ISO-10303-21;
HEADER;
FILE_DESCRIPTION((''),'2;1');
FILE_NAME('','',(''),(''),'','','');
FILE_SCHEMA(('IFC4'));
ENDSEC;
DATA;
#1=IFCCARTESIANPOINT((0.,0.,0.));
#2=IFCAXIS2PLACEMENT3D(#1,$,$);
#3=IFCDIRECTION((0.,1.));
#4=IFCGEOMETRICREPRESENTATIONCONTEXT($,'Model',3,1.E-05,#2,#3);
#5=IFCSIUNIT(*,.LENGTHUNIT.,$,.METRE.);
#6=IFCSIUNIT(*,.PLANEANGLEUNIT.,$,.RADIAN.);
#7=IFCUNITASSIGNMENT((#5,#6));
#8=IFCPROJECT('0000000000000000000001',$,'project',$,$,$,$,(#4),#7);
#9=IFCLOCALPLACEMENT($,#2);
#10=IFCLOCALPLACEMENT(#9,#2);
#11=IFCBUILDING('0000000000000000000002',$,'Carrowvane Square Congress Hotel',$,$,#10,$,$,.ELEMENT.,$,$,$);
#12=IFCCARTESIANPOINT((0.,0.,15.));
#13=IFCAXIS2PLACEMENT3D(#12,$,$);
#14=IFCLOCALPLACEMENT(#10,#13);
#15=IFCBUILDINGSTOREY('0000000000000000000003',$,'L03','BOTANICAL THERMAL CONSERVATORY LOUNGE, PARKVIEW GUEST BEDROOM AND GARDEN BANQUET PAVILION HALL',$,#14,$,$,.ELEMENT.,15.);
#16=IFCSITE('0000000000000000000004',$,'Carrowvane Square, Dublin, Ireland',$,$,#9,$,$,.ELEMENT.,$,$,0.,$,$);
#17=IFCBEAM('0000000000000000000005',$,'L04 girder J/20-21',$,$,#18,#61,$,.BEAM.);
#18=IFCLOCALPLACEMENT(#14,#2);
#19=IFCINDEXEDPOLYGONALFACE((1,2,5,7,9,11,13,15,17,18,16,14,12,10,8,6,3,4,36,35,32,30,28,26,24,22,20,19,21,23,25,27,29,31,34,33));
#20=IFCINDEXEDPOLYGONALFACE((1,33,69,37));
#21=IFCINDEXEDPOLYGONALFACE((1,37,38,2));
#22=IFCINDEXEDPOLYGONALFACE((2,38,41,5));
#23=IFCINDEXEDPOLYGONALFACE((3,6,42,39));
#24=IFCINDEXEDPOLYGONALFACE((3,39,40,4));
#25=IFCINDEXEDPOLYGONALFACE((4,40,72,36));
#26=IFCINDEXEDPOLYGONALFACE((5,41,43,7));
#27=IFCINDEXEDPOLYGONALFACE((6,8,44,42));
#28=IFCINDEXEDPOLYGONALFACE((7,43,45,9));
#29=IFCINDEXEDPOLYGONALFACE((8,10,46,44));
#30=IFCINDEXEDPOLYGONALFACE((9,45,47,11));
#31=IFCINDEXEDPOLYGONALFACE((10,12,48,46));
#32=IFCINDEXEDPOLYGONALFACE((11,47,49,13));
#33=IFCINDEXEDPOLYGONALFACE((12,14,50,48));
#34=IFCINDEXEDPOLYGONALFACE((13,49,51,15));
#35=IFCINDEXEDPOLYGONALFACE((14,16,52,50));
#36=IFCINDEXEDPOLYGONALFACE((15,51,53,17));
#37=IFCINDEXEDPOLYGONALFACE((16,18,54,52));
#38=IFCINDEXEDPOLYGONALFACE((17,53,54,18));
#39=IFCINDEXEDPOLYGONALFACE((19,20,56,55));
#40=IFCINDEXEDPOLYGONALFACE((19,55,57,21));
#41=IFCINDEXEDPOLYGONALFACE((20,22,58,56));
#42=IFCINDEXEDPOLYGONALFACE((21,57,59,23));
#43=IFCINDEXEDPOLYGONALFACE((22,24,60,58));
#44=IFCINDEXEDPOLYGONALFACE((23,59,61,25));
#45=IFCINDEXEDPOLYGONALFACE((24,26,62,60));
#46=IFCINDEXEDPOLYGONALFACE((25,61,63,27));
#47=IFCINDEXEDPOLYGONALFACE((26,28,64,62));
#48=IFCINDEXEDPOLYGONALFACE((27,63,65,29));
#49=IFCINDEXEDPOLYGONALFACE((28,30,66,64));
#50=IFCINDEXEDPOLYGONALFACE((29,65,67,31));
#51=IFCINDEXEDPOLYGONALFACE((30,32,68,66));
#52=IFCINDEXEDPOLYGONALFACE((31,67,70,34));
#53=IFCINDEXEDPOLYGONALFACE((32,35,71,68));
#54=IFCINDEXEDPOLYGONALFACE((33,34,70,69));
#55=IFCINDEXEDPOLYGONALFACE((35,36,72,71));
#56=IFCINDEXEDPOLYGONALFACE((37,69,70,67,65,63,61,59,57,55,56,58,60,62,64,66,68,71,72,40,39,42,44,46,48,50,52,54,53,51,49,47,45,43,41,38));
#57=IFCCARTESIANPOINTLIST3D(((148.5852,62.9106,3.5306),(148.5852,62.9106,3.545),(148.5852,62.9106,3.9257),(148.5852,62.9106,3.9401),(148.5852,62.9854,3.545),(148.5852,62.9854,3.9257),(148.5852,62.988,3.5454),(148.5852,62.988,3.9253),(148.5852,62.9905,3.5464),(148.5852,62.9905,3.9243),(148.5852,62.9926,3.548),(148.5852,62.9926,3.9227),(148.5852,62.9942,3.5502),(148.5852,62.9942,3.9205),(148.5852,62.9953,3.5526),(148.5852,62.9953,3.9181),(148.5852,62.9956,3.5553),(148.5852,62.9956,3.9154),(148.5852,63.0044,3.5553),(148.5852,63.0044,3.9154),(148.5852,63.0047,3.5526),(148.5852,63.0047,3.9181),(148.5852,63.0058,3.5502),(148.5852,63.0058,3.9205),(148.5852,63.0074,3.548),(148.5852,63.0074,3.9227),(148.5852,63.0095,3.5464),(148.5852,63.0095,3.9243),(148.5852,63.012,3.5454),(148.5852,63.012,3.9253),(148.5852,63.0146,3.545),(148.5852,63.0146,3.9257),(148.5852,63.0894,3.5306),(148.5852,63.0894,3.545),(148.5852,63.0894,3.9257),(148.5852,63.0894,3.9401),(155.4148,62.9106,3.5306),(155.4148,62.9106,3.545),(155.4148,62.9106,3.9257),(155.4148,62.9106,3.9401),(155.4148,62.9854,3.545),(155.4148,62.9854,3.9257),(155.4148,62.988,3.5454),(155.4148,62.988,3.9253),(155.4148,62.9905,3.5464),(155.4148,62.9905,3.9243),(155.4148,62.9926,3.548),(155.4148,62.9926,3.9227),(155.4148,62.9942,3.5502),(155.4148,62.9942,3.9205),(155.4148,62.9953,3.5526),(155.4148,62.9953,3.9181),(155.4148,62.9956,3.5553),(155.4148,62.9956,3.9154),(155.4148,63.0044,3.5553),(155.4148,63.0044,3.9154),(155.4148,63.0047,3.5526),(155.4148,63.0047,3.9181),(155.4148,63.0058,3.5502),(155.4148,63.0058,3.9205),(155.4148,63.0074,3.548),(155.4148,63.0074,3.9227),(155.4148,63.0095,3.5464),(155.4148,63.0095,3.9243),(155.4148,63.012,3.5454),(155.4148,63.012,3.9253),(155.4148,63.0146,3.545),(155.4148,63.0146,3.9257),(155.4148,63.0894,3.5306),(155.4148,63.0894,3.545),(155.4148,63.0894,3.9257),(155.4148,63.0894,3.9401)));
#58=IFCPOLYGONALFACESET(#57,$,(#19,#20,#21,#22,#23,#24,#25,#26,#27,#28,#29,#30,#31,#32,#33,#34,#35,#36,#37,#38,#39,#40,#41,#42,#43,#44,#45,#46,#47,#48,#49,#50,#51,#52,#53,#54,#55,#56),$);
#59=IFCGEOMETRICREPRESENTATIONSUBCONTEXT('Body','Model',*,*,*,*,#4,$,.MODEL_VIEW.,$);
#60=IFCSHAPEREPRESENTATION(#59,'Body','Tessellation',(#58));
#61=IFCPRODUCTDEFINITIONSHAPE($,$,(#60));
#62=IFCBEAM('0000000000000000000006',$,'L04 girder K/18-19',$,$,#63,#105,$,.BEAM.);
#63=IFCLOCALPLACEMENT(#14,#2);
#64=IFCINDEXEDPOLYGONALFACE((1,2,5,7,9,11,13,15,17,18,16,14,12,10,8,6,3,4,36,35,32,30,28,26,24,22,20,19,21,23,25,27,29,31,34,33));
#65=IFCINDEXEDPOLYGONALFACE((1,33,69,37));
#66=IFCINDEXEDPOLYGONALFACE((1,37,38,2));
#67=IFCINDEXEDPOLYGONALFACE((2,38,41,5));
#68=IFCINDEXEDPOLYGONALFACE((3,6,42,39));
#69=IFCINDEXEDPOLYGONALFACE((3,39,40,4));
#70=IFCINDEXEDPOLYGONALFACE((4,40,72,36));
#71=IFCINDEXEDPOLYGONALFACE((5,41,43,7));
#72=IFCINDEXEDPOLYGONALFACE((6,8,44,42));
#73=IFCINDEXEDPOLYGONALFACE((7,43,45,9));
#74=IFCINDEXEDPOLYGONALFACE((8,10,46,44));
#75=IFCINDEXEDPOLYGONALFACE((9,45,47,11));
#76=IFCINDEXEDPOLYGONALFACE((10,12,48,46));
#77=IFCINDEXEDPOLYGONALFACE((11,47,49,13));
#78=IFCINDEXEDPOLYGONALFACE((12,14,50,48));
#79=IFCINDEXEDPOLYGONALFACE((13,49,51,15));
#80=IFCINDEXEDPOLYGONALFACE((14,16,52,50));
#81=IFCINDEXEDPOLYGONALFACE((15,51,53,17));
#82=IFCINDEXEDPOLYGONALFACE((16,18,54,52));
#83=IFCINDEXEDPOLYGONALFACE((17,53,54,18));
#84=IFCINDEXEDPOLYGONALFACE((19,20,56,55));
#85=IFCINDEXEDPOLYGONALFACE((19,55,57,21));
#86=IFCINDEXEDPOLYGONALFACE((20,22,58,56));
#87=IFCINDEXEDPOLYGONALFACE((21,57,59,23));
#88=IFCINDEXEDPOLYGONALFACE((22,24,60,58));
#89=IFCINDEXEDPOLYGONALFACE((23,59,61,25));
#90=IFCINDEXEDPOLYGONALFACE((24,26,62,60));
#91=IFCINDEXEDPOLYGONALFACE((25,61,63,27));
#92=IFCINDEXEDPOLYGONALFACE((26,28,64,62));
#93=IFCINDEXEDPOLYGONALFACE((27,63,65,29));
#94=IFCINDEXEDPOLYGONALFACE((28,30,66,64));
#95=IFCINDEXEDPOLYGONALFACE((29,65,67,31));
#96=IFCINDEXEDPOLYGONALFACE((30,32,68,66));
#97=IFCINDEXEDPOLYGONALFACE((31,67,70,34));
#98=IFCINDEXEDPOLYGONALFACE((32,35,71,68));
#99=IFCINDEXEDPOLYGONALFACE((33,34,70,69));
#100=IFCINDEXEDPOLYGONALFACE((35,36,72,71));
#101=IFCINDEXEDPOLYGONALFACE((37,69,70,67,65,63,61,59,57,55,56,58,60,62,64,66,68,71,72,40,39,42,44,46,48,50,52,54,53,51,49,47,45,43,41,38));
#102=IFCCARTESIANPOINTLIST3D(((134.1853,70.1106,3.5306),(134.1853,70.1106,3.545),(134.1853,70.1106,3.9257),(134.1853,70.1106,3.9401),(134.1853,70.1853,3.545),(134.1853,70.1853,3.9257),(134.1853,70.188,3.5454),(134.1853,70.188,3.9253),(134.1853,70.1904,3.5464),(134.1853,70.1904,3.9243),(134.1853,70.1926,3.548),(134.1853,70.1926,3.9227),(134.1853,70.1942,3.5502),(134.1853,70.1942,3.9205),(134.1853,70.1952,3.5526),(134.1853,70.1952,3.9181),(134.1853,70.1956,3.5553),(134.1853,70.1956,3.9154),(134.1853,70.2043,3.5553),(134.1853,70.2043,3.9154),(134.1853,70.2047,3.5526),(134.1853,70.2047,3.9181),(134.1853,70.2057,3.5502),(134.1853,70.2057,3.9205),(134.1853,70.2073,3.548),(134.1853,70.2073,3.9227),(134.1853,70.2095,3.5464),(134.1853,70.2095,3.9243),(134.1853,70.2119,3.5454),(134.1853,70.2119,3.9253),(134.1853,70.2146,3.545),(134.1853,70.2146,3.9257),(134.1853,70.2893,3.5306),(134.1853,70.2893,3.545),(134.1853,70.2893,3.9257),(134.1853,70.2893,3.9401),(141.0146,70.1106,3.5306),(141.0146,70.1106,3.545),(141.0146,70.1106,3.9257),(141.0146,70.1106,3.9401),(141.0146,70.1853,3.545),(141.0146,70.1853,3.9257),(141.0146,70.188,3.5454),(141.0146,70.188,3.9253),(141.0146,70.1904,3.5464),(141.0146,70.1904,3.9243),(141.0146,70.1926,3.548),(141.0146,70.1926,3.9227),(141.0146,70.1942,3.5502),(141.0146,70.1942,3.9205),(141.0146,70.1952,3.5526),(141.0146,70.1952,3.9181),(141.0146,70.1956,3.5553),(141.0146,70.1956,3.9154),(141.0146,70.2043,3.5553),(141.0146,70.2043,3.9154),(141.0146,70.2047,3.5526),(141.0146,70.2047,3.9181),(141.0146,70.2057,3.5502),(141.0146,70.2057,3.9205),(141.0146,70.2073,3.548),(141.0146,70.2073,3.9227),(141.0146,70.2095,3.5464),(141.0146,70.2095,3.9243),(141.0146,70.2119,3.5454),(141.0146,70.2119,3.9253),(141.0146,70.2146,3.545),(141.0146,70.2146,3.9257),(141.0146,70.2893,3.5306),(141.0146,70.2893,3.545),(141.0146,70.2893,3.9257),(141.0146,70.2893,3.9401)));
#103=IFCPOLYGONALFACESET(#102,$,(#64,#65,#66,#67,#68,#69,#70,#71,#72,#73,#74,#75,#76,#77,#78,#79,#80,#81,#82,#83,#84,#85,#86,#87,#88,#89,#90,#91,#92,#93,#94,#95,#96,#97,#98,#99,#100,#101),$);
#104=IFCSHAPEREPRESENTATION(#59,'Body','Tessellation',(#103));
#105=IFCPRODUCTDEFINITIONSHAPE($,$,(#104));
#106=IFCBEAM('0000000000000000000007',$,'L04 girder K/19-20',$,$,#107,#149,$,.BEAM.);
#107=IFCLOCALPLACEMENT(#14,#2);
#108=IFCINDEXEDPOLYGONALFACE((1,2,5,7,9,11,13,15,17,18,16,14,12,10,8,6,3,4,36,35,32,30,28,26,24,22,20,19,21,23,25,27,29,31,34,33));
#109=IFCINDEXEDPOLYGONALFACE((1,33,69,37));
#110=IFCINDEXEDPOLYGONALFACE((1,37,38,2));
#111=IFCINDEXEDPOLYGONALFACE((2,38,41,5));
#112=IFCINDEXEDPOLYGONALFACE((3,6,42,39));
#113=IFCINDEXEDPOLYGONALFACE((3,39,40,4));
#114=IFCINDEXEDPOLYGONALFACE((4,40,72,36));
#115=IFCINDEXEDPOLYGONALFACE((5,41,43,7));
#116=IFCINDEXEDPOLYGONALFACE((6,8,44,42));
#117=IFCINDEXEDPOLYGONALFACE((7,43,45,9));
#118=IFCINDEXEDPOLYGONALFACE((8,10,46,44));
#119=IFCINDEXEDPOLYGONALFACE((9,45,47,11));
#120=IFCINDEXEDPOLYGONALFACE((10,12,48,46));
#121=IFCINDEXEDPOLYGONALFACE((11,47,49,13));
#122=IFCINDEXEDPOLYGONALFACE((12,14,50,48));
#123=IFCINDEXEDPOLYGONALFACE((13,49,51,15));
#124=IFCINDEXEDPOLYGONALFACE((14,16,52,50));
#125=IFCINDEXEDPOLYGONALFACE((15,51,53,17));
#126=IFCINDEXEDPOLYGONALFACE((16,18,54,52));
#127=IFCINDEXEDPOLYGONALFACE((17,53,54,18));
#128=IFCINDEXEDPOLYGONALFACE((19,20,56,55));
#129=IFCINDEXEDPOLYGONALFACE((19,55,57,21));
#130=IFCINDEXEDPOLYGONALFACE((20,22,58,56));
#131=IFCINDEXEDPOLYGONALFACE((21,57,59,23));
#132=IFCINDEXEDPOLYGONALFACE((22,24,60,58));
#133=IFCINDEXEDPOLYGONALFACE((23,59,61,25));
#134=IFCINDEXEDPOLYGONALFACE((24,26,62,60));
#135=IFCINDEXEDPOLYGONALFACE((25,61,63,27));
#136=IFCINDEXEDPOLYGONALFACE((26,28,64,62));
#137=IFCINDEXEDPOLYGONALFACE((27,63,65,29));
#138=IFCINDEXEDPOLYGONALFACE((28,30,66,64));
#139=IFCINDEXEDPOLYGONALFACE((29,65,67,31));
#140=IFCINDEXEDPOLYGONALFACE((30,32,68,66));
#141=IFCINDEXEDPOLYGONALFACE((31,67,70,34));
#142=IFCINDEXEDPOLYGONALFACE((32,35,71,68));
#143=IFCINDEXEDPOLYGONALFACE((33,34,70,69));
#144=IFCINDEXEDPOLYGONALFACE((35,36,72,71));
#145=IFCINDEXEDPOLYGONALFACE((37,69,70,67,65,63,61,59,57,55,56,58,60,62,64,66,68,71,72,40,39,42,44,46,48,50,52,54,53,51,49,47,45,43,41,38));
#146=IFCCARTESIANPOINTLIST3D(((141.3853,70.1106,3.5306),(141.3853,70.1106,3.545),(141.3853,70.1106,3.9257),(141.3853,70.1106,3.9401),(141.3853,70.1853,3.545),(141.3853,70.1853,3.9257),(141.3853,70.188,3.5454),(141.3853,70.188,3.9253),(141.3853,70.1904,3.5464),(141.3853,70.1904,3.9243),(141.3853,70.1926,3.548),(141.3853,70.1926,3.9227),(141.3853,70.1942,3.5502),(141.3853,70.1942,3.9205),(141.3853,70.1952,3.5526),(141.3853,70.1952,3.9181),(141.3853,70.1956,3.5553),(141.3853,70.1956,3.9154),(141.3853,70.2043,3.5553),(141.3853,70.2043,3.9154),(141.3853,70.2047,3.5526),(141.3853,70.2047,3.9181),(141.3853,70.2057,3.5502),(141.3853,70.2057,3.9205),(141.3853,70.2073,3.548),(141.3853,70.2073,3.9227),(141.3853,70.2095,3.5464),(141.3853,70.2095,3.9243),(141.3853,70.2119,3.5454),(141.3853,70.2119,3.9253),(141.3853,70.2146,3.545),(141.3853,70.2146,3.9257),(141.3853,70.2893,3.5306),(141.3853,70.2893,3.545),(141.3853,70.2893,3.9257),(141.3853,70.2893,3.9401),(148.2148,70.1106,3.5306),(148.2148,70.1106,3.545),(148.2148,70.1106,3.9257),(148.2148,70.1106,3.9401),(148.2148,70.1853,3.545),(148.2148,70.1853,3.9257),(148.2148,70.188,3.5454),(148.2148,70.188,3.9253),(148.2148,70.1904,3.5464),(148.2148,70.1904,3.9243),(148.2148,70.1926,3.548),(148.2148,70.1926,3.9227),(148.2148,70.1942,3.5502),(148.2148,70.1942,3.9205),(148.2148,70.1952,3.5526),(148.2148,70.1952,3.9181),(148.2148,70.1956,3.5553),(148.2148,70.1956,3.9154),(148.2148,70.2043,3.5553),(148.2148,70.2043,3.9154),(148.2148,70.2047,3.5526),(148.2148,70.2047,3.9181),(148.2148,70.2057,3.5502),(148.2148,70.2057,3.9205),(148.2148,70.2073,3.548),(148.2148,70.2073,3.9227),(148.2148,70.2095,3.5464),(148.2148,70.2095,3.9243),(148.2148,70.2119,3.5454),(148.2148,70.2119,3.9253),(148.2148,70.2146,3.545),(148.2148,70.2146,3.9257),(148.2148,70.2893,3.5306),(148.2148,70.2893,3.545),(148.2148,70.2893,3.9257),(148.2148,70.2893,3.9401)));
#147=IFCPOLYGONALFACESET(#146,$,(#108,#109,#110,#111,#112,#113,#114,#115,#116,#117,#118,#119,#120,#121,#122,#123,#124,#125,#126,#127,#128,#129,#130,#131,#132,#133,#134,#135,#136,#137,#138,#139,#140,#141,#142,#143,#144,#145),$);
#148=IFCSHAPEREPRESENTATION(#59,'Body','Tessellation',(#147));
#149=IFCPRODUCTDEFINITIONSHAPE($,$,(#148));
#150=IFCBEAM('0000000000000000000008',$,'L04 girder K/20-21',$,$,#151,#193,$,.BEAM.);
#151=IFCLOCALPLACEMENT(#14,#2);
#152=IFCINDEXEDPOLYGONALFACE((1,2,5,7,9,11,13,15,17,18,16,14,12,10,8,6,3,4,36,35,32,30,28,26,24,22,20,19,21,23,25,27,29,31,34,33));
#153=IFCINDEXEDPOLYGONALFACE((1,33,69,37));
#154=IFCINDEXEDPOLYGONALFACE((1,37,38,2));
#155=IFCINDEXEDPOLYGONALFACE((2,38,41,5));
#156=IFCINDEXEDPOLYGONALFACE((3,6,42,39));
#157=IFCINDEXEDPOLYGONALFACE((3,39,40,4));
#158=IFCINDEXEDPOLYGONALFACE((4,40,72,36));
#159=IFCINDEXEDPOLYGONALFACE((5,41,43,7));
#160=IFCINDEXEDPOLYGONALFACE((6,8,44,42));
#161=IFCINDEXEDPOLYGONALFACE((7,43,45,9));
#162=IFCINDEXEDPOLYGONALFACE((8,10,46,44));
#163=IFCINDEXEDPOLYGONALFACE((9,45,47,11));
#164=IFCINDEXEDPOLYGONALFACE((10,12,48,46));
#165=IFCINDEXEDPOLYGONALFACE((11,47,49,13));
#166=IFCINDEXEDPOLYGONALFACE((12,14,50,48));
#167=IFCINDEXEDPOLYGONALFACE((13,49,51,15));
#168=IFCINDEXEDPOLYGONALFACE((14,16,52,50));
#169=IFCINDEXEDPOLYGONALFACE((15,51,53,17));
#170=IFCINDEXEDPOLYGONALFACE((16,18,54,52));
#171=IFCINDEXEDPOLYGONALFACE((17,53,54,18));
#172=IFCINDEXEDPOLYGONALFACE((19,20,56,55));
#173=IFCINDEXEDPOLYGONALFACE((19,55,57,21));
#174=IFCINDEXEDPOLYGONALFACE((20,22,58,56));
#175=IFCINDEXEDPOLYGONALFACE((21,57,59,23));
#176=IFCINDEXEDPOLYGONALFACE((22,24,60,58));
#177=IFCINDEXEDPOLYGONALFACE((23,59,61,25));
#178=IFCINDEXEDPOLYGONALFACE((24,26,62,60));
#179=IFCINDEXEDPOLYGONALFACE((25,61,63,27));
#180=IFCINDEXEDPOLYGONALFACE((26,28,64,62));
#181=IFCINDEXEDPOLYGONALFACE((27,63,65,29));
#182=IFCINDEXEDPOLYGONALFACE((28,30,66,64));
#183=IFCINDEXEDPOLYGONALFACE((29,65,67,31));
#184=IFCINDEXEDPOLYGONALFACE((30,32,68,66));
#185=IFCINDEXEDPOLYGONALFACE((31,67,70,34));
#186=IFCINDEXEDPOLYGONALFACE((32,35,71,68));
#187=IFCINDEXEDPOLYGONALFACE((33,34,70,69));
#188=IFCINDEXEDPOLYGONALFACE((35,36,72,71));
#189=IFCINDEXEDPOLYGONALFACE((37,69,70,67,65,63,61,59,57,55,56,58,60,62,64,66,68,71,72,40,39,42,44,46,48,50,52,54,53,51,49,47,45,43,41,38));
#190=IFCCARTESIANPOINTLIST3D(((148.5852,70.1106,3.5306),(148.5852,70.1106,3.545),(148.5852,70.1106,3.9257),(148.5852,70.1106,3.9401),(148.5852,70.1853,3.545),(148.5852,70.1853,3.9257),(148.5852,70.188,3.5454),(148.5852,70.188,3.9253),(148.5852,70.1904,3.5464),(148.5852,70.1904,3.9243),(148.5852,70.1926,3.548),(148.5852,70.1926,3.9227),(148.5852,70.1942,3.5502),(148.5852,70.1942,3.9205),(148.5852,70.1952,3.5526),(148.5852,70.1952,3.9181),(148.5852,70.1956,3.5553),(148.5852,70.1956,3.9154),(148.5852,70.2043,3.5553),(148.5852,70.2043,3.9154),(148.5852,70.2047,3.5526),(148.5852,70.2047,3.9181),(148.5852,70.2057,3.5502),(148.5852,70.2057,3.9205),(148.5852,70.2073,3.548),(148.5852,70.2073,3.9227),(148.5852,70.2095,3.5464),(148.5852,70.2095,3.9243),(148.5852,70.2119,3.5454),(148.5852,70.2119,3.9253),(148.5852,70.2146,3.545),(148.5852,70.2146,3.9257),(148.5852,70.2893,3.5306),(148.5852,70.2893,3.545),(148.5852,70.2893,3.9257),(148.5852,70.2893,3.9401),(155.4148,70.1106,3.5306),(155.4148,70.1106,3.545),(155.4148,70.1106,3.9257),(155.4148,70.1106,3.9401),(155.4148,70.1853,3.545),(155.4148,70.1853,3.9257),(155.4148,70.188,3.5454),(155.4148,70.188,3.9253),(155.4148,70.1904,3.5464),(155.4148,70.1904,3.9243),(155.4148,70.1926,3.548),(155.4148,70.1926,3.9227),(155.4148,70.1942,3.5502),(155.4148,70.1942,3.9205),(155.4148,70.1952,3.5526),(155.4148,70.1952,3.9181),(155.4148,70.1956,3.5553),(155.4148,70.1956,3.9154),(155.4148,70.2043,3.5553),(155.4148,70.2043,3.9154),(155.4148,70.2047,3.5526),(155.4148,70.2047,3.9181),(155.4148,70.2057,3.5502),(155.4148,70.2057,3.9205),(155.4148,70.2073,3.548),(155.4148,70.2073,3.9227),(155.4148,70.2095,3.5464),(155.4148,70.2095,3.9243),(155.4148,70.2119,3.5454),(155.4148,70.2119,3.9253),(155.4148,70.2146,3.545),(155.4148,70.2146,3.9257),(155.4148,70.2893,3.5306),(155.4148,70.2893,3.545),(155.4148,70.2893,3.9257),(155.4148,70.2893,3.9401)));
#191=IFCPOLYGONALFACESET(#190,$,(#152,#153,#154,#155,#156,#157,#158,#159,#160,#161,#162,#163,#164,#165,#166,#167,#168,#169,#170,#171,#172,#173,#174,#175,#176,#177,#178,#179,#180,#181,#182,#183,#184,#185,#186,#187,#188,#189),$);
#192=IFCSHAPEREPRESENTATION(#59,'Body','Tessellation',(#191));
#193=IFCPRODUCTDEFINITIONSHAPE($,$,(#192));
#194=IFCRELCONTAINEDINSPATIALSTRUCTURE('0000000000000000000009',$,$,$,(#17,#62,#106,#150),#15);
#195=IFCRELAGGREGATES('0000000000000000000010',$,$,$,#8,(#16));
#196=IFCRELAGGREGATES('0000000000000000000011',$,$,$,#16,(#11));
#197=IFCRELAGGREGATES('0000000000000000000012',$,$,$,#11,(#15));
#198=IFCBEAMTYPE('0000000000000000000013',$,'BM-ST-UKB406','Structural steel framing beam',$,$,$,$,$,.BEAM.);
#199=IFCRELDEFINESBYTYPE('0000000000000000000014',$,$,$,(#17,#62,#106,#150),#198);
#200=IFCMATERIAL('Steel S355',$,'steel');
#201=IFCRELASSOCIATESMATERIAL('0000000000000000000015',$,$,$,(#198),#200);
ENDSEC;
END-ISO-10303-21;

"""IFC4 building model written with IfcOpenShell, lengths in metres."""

from ifc_helpers import new_model, si_unit, direction, frame, origin, origin_2d, place, context, subcontext, project, spatial, i_section, extrude, material, material_profile, profile_set, type_object, element, save


model = new_model("IFC4")

# Units and contexts
model_context = context("Model", 3, precision=1e-05, world=origin(), true_north=direction((0.0, 1.0)))
body_context = subcontext(model_context, "Body", "Model", "MODEL_VIEW")
ifc_project = project(units=[si_unit("LENGTHUNIT", "METRE"), si_unit("PLANEANGLEUNIT", "RADIAN")], contexts=[model_context])

# Site, building, storey
site_placement = place(None, origin())
site = spatial("IfcSite", under=ifc_project, at=site_placement, Name="Carrowvane Square, Dublin, Ireland", CompositionType="ELEMENT", RefElevation=0.0)
building_placement = place(site_placement, origin())
building = spatial("IfcBuilding", under=site, at=building_placement, Name="Carrowvane Square Congress Hotel", CompositionType="ELEMENT")
storey_placement = place(building_placement, frame((0.0, 0.0, 15.0)))
storey = spatial("IfcBuildingStorey", under=building, at=storey_placement, Name="L03", Description="BOTANICAL THERMAL CONSERVATORY LOUNGE, PARKVIEW GUEST BEDROOM AND GARDEN BANQUET PAVILION HALL", CompositionType="ELEMENT", Elevation=15.0)

# Beams
ifc_material_1 = material(Name="Steel S355", Category="steel")
ifc_material_profile_1 = material_profile(ifc_material_1, i_section(OverallWidth=0.1787, OverallDepth=0.4094, WebThickness=0.0088, FlangeThickness=0.0144, FilletRadius=0.0103, at=origin_2d()), Name="UKB 406x178x67")
ifc_profile_set_1 = profile_set([ifc_material_profile_1], Name="Steel S355")
beam_type_1 = type_object("IfcBeamType", Name="BM-ST-UKB406", Description="Structural steel framing beam", PredefinedType="BEAM", material=ifc_profile_set_1)
for number, where, z_axis, x_axis, name in (
    (1, (148.5852, 63.0, 3.7354), (1.0, 0.0, 0.0), (0.0, 1.0, 0.0), "L04 girder J/20-21"),
):
    element("IfcBeam", number, at=place(storey_placement, frame(where, z_axis=z_axis, x_axis=x_axis)), inside=storey, type_object=beam_type_1, Name=name, PredefinedType="BEAM", context=body_context, shape_type="SweptSolid", body=[
        extrude(i_section(OverallWidth=0.1787, OverallDepth=0.4094, WebThickness=0.0088, FlangeThickness=0.0144, FilletRadius=0.0103, at=origin_2d()), origin(), (0.0, 0.0, 1.0), 6.8296),
    ])
beam_1_placement = place(storey_placement, frame((134.1853, 70.2, 3.7354), z_axis=(1.0, 0.0, 0.0), x_axis=(0.0, 1.0, 0.0)))
element("IfcBeam", 2, at=beam_1_placement, inside=storey, type_object=beam_type_1, Name="L04 girder K/18-19", PredefinedType="BEAM", context=body_context, shape_type="SweptSolid", body=[
    extrude(i_section(OverallWidth=0.1787, OverallDepth=0.4094, WebThickness=0.0088, FlangeThickness=0.0144, FilletRadius=0.0103, at=origin_2d()), origin(), (0.0, 0.0, 1.0), 6.8293),
])
for number, where, z_axis, x_axis, name in (
    (3, (141.3853, 70.2, 3.7354), (1.0, 0.0, 0.0), (0.0, 1.0, 0.0), "L04 girder K/19-20"),
    (4, (148.5852, 70.2, 3.7354), (1.0, 0.0, 0.0), (0.0, 1.0, 0.0), "L04 girder K/20-21"),
):
    element("IfcBeam", number, at=place(storey_placement, frame(where, z_axis=z_axis, x_axis=x_axis)), inside=storey, type_object=beam_type_1, Name=name, PredefinedType="BEAM", context=body_context, shape_type="SweptSolid", body=[
        extrude(i_section(OverallWidth=0.1787, OverallDepth=0.4094, WebThickness=0.0088, FlangeThickness=0.0144, FilletRadius=0.0103, at=origin_2d()), origin(), (0.0, 0.0, 1.0), 6.8296),
    ])

save(model, "model.ifc")
